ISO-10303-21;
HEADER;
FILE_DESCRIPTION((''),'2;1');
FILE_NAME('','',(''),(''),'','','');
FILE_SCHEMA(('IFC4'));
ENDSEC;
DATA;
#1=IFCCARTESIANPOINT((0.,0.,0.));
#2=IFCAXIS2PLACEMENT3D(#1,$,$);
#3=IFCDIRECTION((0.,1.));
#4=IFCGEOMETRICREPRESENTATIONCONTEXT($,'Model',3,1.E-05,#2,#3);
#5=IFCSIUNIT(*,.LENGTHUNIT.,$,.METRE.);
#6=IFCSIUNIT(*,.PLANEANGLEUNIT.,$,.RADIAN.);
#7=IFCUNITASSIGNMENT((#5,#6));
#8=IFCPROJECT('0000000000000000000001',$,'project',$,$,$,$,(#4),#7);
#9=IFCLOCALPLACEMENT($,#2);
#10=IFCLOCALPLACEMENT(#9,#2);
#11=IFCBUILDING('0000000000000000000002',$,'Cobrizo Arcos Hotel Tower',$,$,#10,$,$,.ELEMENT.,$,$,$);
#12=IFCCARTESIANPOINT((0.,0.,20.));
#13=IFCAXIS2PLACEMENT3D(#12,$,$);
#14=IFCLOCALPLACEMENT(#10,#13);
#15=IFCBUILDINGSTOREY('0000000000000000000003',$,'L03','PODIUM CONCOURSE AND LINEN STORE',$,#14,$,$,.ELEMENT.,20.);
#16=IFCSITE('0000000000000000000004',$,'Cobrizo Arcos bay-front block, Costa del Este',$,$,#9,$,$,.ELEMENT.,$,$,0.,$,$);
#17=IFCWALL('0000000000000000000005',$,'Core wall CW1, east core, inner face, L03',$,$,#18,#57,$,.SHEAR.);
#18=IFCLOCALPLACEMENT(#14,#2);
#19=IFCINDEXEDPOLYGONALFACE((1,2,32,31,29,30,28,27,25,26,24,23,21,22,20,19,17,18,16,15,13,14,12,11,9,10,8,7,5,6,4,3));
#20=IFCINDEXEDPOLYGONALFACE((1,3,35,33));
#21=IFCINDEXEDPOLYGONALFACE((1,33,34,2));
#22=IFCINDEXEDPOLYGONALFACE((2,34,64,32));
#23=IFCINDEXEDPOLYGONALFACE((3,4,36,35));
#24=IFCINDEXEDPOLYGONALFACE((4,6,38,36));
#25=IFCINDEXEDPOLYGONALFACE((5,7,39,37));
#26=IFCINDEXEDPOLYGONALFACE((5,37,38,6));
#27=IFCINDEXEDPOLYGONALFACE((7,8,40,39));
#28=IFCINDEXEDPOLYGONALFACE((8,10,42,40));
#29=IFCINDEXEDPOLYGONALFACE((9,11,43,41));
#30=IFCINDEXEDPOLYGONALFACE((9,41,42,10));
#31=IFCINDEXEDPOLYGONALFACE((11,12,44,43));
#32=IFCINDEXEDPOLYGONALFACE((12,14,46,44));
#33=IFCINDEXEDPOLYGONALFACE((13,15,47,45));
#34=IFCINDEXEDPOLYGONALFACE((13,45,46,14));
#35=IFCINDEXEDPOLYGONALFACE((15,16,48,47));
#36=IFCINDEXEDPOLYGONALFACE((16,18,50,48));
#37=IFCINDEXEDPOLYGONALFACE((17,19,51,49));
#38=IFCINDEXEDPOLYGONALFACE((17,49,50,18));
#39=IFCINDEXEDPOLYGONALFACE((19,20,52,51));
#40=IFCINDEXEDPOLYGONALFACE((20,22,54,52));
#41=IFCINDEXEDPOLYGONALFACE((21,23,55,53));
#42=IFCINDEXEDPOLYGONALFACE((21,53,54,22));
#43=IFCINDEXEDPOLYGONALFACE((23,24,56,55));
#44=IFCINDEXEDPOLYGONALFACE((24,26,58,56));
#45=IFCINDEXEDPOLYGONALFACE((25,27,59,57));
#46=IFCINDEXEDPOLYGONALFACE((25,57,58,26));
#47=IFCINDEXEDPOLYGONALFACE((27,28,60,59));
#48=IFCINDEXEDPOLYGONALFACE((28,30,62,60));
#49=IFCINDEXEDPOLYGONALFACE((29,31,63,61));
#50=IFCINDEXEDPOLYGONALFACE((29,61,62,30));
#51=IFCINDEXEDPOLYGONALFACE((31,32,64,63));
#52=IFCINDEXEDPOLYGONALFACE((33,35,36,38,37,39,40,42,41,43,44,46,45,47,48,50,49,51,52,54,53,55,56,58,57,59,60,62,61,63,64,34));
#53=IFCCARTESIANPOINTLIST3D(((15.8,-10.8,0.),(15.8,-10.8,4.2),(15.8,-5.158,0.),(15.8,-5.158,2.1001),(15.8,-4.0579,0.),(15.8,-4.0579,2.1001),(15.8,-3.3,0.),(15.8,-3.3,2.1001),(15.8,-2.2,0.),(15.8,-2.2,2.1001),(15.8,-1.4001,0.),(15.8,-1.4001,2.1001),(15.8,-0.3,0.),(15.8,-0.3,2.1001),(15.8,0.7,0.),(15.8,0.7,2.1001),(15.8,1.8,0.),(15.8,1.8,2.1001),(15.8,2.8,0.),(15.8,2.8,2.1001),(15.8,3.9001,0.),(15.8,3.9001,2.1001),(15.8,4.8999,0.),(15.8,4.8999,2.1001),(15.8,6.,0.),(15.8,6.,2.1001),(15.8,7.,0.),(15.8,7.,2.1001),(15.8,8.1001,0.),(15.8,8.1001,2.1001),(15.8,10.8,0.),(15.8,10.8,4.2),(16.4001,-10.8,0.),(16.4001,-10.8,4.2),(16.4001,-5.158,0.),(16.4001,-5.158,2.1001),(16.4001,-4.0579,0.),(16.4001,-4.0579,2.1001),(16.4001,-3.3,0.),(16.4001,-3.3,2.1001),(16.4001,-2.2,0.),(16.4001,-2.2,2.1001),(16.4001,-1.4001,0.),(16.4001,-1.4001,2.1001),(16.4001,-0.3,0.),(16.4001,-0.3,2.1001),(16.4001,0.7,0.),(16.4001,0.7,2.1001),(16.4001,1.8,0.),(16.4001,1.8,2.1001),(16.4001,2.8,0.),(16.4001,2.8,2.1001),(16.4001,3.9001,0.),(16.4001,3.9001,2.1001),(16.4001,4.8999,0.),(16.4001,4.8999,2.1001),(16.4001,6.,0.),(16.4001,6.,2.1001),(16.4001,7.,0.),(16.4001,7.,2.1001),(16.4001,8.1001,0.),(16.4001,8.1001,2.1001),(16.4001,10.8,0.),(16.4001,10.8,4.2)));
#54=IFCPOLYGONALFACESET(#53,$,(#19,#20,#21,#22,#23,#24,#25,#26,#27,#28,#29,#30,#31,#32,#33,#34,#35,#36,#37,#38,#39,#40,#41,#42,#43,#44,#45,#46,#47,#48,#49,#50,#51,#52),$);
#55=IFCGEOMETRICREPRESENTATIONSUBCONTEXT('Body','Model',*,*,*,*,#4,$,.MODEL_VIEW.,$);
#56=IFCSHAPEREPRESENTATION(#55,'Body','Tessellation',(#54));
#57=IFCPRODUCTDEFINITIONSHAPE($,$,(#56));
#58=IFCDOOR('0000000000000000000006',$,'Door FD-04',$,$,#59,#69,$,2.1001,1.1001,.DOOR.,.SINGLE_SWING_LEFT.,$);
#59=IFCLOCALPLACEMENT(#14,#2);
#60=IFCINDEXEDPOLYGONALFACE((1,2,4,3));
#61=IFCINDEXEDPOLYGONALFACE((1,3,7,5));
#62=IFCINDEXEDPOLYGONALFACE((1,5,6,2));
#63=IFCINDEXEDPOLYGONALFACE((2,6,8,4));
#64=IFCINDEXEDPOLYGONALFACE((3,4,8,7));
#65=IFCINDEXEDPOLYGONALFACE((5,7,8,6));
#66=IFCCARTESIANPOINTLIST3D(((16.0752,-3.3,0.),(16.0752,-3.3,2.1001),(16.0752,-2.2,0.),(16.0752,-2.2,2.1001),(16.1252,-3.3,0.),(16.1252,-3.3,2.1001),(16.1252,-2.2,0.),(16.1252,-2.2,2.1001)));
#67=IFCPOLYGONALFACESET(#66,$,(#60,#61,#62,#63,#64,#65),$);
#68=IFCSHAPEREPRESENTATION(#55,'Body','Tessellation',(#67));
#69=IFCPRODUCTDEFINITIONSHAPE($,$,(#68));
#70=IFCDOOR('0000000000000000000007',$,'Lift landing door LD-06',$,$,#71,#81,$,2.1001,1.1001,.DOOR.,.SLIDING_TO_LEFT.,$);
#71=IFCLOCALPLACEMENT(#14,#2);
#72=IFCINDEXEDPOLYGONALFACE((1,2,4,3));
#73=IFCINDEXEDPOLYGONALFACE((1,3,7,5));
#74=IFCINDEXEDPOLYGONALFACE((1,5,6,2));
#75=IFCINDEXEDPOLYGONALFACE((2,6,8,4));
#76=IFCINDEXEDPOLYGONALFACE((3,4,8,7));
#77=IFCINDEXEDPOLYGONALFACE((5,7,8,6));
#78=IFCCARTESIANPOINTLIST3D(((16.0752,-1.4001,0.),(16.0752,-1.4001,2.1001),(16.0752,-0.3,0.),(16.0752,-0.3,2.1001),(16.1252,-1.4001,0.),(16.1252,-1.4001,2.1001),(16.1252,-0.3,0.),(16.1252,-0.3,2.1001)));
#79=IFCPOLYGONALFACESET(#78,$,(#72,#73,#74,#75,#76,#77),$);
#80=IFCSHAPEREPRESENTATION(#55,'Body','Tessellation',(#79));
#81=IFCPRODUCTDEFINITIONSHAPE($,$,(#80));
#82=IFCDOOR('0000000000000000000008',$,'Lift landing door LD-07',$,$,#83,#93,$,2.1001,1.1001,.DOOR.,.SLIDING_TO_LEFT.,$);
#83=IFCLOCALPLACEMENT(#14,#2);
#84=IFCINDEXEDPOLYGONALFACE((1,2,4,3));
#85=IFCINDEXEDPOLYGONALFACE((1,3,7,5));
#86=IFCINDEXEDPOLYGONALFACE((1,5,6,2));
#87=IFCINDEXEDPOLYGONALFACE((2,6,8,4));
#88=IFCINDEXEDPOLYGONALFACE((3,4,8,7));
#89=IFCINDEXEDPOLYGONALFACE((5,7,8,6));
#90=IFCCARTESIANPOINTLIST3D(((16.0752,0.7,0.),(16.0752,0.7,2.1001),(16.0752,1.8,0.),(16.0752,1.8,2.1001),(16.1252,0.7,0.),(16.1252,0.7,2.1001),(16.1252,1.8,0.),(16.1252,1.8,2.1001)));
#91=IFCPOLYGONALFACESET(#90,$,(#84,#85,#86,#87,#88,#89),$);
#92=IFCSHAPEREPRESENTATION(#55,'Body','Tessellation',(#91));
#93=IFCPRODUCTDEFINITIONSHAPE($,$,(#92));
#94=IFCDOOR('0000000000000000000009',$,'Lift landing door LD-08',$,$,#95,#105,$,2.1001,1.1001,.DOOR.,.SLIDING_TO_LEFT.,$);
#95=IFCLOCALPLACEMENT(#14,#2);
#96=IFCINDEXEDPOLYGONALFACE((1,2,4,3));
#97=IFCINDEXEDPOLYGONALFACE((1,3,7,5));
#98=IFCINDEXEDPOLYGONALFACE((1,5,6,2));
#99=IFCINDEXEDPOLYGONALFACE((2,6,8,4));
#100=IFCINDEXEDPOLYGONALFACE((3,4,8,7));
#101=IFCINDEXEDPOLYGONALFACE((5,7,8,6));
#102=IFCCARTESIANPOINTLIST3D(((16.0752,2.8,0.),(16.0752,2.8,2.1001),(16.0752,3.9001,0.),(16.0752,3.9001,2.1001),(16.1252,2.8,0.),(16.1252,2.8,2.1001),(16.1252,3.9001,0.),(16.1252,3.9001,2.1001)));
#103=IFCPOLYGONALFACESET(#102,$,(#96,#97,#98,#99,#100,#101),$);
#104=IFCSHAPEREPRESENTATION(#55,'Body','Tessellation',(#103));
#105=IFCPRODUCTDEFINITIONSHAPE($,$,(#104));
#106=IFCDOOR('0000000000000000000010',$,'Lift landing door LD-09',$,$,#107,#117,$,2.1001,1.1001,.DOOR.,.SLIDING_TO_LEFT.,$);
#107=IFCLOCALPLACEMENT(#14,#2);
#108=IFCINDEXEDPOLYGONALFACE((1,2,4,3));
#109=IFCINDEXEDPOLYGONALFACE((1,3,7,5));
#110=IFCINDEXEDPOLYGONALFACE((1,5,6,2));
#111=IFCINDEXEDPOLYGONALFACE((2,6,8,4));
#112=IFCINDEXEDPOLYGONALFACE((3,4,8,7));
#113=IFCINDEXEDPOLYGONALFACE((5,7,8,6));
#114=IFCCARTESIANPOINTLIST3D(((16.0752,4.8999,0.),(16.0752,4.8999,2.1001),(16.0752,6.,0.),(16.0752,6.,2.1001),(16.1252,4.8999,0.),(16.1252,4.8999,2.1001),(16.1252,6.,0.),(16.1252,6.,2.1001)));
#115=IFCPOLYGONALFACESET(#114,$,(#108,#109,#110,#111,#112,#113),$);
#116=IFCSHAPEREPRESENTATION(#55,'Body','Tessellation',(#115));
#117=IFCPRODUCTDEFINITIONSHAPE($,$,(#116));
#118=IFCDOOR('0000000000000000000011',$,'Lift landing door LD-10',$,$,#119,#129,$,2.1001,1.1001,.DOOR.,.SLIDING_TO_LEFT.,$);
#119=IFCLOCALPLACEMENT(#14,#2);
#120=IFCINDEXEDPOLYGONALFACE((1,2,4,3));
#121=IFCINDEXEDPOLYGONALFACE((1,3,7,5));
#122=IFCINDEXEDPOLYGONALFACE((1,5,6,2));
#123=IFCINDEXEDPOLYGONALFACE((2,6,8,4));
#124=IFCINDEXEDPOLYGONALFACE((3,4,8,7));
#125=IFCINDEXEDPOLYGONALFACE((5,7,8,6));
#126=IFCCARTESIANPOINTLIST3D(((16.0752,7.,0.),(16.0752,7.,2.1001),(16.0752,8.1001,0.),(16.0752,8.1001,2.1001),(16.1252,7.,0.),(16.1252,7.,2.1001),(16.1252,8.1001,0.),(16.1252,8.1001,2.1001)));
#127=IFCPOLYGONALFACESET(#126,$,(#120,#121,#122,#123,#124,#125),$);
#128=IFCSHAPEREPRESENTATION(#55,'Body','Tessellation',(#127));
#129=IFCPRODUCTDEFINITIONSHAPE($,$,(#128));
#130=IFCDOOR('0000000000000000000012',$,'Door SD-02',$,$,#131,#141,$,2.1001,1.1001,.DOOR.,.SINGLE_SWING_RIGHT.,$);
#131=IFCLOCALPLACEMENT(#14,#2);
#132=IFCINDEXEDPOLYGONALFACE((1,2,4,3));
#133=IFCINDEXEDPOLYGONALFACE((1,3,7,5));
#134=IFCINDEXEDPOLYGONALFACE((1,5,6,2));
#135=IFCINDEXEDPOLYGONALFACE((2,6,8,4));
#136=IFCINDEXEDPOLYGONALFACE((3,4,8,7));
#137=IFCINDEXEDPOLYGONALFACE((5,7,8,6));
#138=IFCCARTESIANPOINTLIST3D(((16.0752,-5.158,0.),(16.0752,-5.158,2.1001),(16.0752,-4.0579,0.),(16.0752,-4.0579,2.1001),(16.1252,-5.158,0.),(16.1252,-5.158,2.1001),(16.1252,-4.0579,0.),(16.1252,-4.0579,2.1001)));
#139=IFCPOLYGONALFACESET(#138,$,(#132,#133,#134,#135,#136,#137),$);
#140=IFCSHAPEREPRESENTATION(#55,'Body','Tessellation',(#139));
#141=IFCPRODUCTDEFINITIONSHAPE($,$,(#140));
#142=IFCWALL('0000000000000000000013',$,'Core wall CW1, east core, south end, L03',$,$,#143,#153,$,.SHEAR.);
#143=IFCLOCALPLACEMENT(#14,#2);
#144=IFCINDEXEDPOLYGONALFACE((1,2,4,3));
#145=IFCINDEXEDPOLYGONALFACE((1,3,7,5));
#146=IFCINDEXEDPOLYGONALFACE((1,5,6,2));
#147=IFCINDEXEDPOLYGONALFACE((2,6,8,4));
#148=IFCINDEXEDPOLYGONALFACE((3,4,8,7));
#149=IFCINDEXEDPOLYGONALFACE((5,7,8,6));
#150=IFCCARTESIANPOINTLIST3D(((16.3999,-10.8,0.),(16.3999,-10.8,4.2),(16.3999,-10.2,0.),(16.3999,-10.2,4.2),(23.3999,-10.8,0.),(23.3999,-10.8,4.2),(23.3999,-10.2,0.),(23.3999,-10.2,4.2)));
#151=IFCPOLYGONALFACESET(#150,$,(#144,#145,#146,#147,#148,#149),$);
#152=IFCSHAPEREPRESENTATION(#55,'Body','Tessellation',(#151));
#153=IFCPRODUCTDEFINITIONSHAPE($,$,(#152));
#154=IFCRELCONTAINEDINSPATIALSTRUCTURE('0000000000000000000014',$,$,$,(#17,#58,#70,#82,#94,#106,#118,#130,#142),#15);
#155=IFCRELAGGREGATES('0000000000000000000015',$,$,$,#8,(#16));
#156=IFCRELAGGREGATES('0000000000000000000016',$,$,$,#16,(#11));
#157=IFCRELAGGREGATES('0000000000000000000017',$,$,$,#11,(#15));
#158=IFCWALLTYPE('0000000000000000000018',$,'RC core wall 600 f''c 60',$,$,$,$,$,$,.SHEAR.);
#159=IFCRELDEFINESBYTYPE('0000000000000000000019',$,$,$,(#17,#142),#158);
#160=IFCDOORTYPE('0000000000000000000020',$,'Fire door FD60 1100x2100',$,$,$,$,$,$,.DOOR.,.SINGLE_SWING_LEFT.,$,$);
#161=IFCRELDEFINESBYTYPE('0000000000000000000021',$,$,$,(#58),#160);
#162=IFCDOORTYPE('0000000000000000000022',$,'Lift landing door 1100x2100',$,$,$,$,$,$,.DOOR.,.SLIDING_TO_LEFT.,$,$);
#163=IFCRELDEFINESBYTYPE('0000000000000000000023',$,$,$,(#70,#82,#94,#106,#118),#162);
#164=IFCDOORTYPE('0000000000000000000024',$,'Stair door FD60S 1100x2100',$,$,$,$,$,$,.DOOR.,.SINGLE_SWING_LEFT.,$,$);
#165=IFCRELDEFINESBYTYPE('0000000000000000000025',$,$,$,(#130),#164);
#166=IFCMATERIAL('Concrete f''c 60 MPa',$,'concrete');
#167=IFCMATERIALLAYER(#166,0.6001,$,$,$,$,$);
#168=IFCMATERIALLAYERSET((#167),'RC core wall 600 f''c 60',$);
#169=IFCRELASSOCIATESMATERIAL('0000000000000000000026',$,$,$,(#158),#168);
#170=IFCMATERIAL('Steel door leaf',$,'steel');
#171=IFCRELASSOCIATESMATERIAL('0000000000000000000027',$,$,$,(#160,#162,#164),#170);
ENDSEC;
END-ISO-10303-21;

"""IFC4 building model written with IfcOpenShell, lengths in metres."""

from ifc_helpers import new_model, si_unit, direction, frame, frame_2d, origin, place, context, subcontext, project, spatial, rectangle, extrude, material, layer, layer_set, type_object, element, fill, save


model = new_model("IFC4")

# Units and contexts
model_context = context("Model", 3, precision=1e-05, world=origin(), true_north=direction((0.0, 1.0)))
body_context = subcontext(model_context, "Body", "Model", "MODEL_VIEW")
ifc_project = project(units=[si_unit("LENGTHUNIT", "METRE"), si_unit("PLANEANGLEUNIT", "RADIAN")], contexts=[model_context])

# Site, building, storey
site_placement = place(None, origin())
site = spatial("IfcSite", under=ifc_project, at=site_placement, Name="Cobrizo Arcos bay-front block, Costa del Este", CompositionType="ELEMENT", RefElevation=0.0)
building_placement = place(site_placement, origin())
building = spatial("IfcBuilding", under=site, at=building_placement, Name="Cobrizo Arcos Hotel Tower", CompositionType="ELEMENT")
storey_placement = place(building_placement, frame((0.0, 0.0, 20.0)))
storey = spatial("IfcBuildingStorey", under=building, at=storey_placement, Name="L03", Description="PODIUM CONCOURSE AND LINEN STORE", CompositionType="ELEMENT", Elevation=20.0)

# Wall, openings, doors
ifc_material_1 = material(Name="Concrete f'c 60 MPa", Category="concrete")
ifc_layer_1 = layer(ifc_material_1, 0.6001)
ifc_layer_set_1 = layer_set([ifc_layer_1], Name="RC core wall 600 f'c 60")
wall_type_1 = type_object("IfcWallType", Name="RC core wall 600 f'c 60", PredefinedType="SHEAR", material=ifc_layer_set_1)
wall_1_placement = place(storey_placement, frame((16.1001, -10.8, 0.0), z_axis=(0.0, 0.0, 1.0), x_axis=(0.0, 1.0, 0.0)))
wall_1 = element("IfcWall", 1, at=wall_1_placement, inside=storey, type_object=wall_type_1, Name="Core wall CW1, east core, inner face, L03", PredefinedType="SHEAR", context=body_context, shape_type="SweptSolid", body=[
    extrude(rectangle(XDim=21.6001, YDim=0.6001, at=frame_2d((10.8, 0.0))), origin(), (0.0, 0.0, 1.0), 4.2),
])
opening_1_placement = place(wall_1_placement, frame((9.3999, 0.0, 0.0)))
opening_1 = element("IfcOpeningElement", 2, at=opening_1_placement, cuts=wall_1, PredefinedType="OPENING", context=body_context, shape_type="SweptSolid", body=[
    extrude(rectangle(XDim=1.1001, YDim=2.1001, at=frame_2d((0.55, 1.05))), frame((0.0, 0.312, 0.0), z_axis=(0.0, -1.0, 0.0), x_axis=(1.0, 0.0, 0.0)), (0.0, 0.0, 1.0), 0.624),
])
opening_2_placement = place(wall_1_placement, frame((11.5, 0.0, 0.0)))
opening_2 = element("IfcOpeningElement", 3, at=opening_2_placement, cuts=wall_1, PredefinedType="OPENING", context=body_context, shape_type="SweptSolid", body=[
    extrude(rectangle(XDim=1.1001, YDim=2.1001, at=frame_2d((0.55, 1.05))), frame((0.0, 0.312, 0.0), z_axis=(0.0, -1.0, 0.0), x_axis=(1.0, 0.0, 0.0)), (0.0, 0.0, 1.0), 0.624),
])
opening_3_placement = place(wall_1_placement, frame((13.6001, 0.0, 0.0)))
opening_3 = element("IfcOpeningElement", 4, at=opening_3_placement, cuts=wall_1, PredefinedType="OPENING", context=body_context, shape_type="SweptSolid", body=[
    extrude(rectangle(XDim=1.1001, YDim=2.1001, at=frame_2d((0.55, 1.05))), frame((0.0, 0.312, 0.0), z_axis=(0.0, -1.0, 0.0), x_axis=(1.0, 0.0, 0.0)), (0.0, 0.0, 1.0), 0.624),
])
opening_4_placement = place(wall_1_placement, frame((15.7, 0.0, 0.0)))
opening_4 = element("IfcOpeningElement", 5, at=opening_4_placement, cuts=wall_1, PredefinedType="OPENING", context=body_context, shape_type="SweptSolid", body=[
    extrude(rectangle(XDim=1.1001, YDim=2.1001, at=frame_2d((0.55, 1.05))), frame((0.0, 0.312, 0.0), z_axis=(0.0, -1.0, 0.0), x_axis=(1.0, 0.0, 0.0)), (0.0, 0.0, 1.0), 0.624),
])
opening_5_placement = place(wall_1_placement, frame((17.8, 0.0, 0.0)))
opening_5 = element("IfcOpeningElement", 6, at=opening_5_placement, cuts=wall_1, PredefinedType="OPENING", context=body_context, shape_type="SweptSolid", body=[
    extrude(rectangle(XDim=1.1001, YDim=2.1001, at=frame_2d((0.55, 1.05))), frame((0.0, 0.312, 0.0), z_axis=(0.0, -1.0, 0.0), x_axis=(1.0, 0.0, 0.0)), (0.0, 0.0, 1.0), 0.624),
])
opening_6_placement = place(wall_1_placement, frame((5.6421, 0.0, 0.0)))
opening_6 = element("IfcOpeningElement", 7, at=opening_6_placement, cuts=wall_1, PredefinedType="OPENING", context=body_context, shape_type="SweptSolid", body=[
    extrude(rectangle(XDim=1.1001, YDim=2.1001, at=frame_2d((0.55, 1.05))), frame((0.0, 0.312, 0.0), z_axis=(0.0, -1.0, 0.0), x_axis=(1.0, 0.0, 0.0)), (0.0, 0.0, 1.0), 0.624),
])
opening_7_placement = place(wall_1_placement, frame((7.5, 0.0, 0.0)))
opening_7 = element("IfcOpeningElement", 8, at=opening_7_placement, cuts=wall_1, PredefinedType="OPENING", context=body_context, shape_type="SweptSolid", body=[
    extrude(rectangle(XDim=1.1001, YDim=2.1001, at=frame_2d((0.55, 1.05))), frame((0.0, 0.312, 0.0), z_axis=(0.0, -1.0, 0.0), x_axis=(1.0, 0.0, 0.0)), (0.0, 0.0, 1.0), 0.624),
])
ifc_material_2 = material(Name="Steel door leaf", Category="steel")
door_type_1 = type_object("IfcDoorType", Name="Fire door FD60 1100x2100", OperationType="SINGLE_SWING_LEFT", PredefinedType="DOOR", material=ifc_material_2)
door_1_placement = place(opening_7_placement, origin())
door_1 = element("IfcDoor", 9, at=door_1_placement, inside=storey, type_object=door_type_1, Name="Door FD-04", OperationType="SINGLE_SWING_LEFT", OverallHeight=2.1001, OverallWidth=1.1001, PredefinedType="DOOR", context=body_context, shape_type="SweptSolid", body=[
    extrude(rectangle(XDim=1.1001, YDim=2.1001, at=frame_2d((0.55, 1.05))), frame((0.0, 0.0249, 0.0), z_axis=(0.0, -1.0, 0.0), x_axis=(1.0, 0.0, 0.0)), (0.0, 0.0, 1.0), 0.05),
])
fill(opening_7, door_1)
door_type_2 = type_object("IfcDoorType", Name="Lift landing door 1100x2100", OperationType="SLIDING_TO_LEFT", PredefinedType="DOOR", material=ifc_material_2)
door_2_placement = place(opening_1_placement, origin())
door_2 = element("IfcDoor", 10, at=door_2_placement, inside=storey, type_object=door_type_2, Name="Lift landing door LD-06", OperationType="SLIDING_TO_LEFT", OverallHeight=2.1001, OverallWidth=1.1001, PredefinedType="DOOR", context=body_context, shape_type="SweptSolid", body=[
    extrude(rectangle(XDim=1.1001, YDim=2.1001, at=frame_2d((0.55, 1.05))), frame((0.0, 0.0249, 0.0), z_axis=(0.0, -1.0, 0.0), x_axis=(1.0, 0.0, 0.0)), (0.0, 0.0, 1.0), 0.05),
])
fill(opening_1, door_2)
door_3_placement = place(opening_2_placement, origin())
door_3 = element("IfcDoor", 11, at=door_3_placement, inside=storey, type_object=door_type_2, Name="Lift landing door LD-07", OperationType="SLIDING_TO_LEFT", OverallHeight=2.1001, OverallWidth=1.1001, PredefinedType="DOOR", context=body_context, shape_type="SweptSolid", body=[
    extrude(rectangle(XDim=1.1001, YDim=2.1001, at=frame_2d((0.55, 1.05))), frame((0.0, 0.0249, 0.0), z_axis=(0.0, -1.0, 0.0), x_axis=(1.0, 0.0, 0.0)), (0.0, 0.0, 1.0), 0.05),
])
fill(opening_2, door_3)
door_4_placement = place(opening_3_placement, origin())
door_4 = element("IfcDoor", 12, at=door_4_placement, inside=storey, type_object=door_type_2, Name="Lift landing door LD-08", OperationType="SLIDING_TO_LEFT", OverallHeight=2.1001, OverallWidth=1.1001, PredefinedType="DOOR", context=body_context, shape_type="SweptSolid", body=[
    extrude(rectangle(XDim=1.1001, YDim=2.1001, at=frame_2d((0.55, 1.05))), frame((0.0, 0.0249, 0.0), z_axis=(0.0, -1.0, 0.0), x_axis=(1.0, 0.0, 0.0)), (0.0, 0.0, 1.0), 0.05),
])
fill(opening_3, door_4)
door_5_placement = place(opening_4_placement, origin())
door_5 = element("IfcDoor", 13, at=door_5_placement, inside=storey, type_object=door_type_2, Name="Lift landing door LD-09", OperationType="SLIDING_TO_LEFT", OverallHeight=2.1001, OverallWidth=1.1001, PredefinedType="DOOR", context=body_context, shape_type="SweptSolid", body=[
    extrude(rectangle(XDim=1.1001, YDim=2.1001, at=frame_2d((0.55, 1.05))), frame((0.0, 0.0249, 0.0), z_axis=(0.0, -1.0, 0.0), x_axis=(1.0, 0.0, 0.0)), (0.0, 0.0, 1.0), 0.05),
])
fill(opening_4, door_5)
door_6_placement = place(opening_5_placement, origin())
door_6 = element("IfcDoor", 14, at=door_6_placement, inside=storey, type_object=door_type_2, Name="Lift landing door LD-10", OperationType="SLIDING_TO_LEFT", OverallHeight=2.1001, OverallWidth=1.1001, PredefinedType="DOOR", context=body_context, shape_type="SweptSolid", body=[
    extrude(rectangle(XDim=1.1001, YDim=2.1001, at=frame_2d((0.55, 1.05))), frame((0.0, 0.0249, 0.0), z_axis=(0.0, -1.0, 0.0), x_axis=(1.0, 0.0, 0.0)), (0.0, 0.0, 1.0), 0.05),
])
fill(opening_5, door_6)
door_type_3 = type_object("IfcDoorType", Name="Stair door FD60S 1100x2100", OperationType="SINGLE_SWING_LEFT", PredefinedType="DOOR", material=ifc_material_2)
door_7_placement = place(opening_6_placement, origin())
door_7 = element("IfcDoor", 15, at=door_7_placement, inside=storey, type_object=door_type_3, Name="Door SD-02", OperationType="SINGLE_SWING_RIGHT", OverallHeight=2.1001, OverallWidth=1.1001, PredefinedType="DOOR", context=body_context, shape_type="SweptSolid", body=[
    extrude(rectangle(XDim=1.1001, YDim=2.1001, at=frame_2d((0.55, 1.05))), frame((0.0, 0.0249, 0.0), z_axis=(0.0, -1.0, 0.0), x_axis=(1.0, 0.0, 0.0)), (0.0, 0.0, 1.0), 0.05),
])
fill(opening_6, door_7)

# Wall
wall_2_placement = place(storey_placement, frame((16.3999, -10.5, 0.0), z_axis=(0.0, 0.0, 1.0), x_axis=(1.0, 0.0, 0.0)))
element("IfcWall", 16, at=wall_2_placement, inside=storey, type_object=wall_type_1, Name="Core wall CW1, east core, south end, L03", PredefinedType="SHEAR", context=body_context, shape_type="SweptSolid", body=[
    extrude(rectangle(XDim=7.0, YDim=0.6001, at=frame_2d((3.5, 0.0))), origin(), (0.0, 0.0, 1.0), 4.2),
])

save(model, "model.ifc")
